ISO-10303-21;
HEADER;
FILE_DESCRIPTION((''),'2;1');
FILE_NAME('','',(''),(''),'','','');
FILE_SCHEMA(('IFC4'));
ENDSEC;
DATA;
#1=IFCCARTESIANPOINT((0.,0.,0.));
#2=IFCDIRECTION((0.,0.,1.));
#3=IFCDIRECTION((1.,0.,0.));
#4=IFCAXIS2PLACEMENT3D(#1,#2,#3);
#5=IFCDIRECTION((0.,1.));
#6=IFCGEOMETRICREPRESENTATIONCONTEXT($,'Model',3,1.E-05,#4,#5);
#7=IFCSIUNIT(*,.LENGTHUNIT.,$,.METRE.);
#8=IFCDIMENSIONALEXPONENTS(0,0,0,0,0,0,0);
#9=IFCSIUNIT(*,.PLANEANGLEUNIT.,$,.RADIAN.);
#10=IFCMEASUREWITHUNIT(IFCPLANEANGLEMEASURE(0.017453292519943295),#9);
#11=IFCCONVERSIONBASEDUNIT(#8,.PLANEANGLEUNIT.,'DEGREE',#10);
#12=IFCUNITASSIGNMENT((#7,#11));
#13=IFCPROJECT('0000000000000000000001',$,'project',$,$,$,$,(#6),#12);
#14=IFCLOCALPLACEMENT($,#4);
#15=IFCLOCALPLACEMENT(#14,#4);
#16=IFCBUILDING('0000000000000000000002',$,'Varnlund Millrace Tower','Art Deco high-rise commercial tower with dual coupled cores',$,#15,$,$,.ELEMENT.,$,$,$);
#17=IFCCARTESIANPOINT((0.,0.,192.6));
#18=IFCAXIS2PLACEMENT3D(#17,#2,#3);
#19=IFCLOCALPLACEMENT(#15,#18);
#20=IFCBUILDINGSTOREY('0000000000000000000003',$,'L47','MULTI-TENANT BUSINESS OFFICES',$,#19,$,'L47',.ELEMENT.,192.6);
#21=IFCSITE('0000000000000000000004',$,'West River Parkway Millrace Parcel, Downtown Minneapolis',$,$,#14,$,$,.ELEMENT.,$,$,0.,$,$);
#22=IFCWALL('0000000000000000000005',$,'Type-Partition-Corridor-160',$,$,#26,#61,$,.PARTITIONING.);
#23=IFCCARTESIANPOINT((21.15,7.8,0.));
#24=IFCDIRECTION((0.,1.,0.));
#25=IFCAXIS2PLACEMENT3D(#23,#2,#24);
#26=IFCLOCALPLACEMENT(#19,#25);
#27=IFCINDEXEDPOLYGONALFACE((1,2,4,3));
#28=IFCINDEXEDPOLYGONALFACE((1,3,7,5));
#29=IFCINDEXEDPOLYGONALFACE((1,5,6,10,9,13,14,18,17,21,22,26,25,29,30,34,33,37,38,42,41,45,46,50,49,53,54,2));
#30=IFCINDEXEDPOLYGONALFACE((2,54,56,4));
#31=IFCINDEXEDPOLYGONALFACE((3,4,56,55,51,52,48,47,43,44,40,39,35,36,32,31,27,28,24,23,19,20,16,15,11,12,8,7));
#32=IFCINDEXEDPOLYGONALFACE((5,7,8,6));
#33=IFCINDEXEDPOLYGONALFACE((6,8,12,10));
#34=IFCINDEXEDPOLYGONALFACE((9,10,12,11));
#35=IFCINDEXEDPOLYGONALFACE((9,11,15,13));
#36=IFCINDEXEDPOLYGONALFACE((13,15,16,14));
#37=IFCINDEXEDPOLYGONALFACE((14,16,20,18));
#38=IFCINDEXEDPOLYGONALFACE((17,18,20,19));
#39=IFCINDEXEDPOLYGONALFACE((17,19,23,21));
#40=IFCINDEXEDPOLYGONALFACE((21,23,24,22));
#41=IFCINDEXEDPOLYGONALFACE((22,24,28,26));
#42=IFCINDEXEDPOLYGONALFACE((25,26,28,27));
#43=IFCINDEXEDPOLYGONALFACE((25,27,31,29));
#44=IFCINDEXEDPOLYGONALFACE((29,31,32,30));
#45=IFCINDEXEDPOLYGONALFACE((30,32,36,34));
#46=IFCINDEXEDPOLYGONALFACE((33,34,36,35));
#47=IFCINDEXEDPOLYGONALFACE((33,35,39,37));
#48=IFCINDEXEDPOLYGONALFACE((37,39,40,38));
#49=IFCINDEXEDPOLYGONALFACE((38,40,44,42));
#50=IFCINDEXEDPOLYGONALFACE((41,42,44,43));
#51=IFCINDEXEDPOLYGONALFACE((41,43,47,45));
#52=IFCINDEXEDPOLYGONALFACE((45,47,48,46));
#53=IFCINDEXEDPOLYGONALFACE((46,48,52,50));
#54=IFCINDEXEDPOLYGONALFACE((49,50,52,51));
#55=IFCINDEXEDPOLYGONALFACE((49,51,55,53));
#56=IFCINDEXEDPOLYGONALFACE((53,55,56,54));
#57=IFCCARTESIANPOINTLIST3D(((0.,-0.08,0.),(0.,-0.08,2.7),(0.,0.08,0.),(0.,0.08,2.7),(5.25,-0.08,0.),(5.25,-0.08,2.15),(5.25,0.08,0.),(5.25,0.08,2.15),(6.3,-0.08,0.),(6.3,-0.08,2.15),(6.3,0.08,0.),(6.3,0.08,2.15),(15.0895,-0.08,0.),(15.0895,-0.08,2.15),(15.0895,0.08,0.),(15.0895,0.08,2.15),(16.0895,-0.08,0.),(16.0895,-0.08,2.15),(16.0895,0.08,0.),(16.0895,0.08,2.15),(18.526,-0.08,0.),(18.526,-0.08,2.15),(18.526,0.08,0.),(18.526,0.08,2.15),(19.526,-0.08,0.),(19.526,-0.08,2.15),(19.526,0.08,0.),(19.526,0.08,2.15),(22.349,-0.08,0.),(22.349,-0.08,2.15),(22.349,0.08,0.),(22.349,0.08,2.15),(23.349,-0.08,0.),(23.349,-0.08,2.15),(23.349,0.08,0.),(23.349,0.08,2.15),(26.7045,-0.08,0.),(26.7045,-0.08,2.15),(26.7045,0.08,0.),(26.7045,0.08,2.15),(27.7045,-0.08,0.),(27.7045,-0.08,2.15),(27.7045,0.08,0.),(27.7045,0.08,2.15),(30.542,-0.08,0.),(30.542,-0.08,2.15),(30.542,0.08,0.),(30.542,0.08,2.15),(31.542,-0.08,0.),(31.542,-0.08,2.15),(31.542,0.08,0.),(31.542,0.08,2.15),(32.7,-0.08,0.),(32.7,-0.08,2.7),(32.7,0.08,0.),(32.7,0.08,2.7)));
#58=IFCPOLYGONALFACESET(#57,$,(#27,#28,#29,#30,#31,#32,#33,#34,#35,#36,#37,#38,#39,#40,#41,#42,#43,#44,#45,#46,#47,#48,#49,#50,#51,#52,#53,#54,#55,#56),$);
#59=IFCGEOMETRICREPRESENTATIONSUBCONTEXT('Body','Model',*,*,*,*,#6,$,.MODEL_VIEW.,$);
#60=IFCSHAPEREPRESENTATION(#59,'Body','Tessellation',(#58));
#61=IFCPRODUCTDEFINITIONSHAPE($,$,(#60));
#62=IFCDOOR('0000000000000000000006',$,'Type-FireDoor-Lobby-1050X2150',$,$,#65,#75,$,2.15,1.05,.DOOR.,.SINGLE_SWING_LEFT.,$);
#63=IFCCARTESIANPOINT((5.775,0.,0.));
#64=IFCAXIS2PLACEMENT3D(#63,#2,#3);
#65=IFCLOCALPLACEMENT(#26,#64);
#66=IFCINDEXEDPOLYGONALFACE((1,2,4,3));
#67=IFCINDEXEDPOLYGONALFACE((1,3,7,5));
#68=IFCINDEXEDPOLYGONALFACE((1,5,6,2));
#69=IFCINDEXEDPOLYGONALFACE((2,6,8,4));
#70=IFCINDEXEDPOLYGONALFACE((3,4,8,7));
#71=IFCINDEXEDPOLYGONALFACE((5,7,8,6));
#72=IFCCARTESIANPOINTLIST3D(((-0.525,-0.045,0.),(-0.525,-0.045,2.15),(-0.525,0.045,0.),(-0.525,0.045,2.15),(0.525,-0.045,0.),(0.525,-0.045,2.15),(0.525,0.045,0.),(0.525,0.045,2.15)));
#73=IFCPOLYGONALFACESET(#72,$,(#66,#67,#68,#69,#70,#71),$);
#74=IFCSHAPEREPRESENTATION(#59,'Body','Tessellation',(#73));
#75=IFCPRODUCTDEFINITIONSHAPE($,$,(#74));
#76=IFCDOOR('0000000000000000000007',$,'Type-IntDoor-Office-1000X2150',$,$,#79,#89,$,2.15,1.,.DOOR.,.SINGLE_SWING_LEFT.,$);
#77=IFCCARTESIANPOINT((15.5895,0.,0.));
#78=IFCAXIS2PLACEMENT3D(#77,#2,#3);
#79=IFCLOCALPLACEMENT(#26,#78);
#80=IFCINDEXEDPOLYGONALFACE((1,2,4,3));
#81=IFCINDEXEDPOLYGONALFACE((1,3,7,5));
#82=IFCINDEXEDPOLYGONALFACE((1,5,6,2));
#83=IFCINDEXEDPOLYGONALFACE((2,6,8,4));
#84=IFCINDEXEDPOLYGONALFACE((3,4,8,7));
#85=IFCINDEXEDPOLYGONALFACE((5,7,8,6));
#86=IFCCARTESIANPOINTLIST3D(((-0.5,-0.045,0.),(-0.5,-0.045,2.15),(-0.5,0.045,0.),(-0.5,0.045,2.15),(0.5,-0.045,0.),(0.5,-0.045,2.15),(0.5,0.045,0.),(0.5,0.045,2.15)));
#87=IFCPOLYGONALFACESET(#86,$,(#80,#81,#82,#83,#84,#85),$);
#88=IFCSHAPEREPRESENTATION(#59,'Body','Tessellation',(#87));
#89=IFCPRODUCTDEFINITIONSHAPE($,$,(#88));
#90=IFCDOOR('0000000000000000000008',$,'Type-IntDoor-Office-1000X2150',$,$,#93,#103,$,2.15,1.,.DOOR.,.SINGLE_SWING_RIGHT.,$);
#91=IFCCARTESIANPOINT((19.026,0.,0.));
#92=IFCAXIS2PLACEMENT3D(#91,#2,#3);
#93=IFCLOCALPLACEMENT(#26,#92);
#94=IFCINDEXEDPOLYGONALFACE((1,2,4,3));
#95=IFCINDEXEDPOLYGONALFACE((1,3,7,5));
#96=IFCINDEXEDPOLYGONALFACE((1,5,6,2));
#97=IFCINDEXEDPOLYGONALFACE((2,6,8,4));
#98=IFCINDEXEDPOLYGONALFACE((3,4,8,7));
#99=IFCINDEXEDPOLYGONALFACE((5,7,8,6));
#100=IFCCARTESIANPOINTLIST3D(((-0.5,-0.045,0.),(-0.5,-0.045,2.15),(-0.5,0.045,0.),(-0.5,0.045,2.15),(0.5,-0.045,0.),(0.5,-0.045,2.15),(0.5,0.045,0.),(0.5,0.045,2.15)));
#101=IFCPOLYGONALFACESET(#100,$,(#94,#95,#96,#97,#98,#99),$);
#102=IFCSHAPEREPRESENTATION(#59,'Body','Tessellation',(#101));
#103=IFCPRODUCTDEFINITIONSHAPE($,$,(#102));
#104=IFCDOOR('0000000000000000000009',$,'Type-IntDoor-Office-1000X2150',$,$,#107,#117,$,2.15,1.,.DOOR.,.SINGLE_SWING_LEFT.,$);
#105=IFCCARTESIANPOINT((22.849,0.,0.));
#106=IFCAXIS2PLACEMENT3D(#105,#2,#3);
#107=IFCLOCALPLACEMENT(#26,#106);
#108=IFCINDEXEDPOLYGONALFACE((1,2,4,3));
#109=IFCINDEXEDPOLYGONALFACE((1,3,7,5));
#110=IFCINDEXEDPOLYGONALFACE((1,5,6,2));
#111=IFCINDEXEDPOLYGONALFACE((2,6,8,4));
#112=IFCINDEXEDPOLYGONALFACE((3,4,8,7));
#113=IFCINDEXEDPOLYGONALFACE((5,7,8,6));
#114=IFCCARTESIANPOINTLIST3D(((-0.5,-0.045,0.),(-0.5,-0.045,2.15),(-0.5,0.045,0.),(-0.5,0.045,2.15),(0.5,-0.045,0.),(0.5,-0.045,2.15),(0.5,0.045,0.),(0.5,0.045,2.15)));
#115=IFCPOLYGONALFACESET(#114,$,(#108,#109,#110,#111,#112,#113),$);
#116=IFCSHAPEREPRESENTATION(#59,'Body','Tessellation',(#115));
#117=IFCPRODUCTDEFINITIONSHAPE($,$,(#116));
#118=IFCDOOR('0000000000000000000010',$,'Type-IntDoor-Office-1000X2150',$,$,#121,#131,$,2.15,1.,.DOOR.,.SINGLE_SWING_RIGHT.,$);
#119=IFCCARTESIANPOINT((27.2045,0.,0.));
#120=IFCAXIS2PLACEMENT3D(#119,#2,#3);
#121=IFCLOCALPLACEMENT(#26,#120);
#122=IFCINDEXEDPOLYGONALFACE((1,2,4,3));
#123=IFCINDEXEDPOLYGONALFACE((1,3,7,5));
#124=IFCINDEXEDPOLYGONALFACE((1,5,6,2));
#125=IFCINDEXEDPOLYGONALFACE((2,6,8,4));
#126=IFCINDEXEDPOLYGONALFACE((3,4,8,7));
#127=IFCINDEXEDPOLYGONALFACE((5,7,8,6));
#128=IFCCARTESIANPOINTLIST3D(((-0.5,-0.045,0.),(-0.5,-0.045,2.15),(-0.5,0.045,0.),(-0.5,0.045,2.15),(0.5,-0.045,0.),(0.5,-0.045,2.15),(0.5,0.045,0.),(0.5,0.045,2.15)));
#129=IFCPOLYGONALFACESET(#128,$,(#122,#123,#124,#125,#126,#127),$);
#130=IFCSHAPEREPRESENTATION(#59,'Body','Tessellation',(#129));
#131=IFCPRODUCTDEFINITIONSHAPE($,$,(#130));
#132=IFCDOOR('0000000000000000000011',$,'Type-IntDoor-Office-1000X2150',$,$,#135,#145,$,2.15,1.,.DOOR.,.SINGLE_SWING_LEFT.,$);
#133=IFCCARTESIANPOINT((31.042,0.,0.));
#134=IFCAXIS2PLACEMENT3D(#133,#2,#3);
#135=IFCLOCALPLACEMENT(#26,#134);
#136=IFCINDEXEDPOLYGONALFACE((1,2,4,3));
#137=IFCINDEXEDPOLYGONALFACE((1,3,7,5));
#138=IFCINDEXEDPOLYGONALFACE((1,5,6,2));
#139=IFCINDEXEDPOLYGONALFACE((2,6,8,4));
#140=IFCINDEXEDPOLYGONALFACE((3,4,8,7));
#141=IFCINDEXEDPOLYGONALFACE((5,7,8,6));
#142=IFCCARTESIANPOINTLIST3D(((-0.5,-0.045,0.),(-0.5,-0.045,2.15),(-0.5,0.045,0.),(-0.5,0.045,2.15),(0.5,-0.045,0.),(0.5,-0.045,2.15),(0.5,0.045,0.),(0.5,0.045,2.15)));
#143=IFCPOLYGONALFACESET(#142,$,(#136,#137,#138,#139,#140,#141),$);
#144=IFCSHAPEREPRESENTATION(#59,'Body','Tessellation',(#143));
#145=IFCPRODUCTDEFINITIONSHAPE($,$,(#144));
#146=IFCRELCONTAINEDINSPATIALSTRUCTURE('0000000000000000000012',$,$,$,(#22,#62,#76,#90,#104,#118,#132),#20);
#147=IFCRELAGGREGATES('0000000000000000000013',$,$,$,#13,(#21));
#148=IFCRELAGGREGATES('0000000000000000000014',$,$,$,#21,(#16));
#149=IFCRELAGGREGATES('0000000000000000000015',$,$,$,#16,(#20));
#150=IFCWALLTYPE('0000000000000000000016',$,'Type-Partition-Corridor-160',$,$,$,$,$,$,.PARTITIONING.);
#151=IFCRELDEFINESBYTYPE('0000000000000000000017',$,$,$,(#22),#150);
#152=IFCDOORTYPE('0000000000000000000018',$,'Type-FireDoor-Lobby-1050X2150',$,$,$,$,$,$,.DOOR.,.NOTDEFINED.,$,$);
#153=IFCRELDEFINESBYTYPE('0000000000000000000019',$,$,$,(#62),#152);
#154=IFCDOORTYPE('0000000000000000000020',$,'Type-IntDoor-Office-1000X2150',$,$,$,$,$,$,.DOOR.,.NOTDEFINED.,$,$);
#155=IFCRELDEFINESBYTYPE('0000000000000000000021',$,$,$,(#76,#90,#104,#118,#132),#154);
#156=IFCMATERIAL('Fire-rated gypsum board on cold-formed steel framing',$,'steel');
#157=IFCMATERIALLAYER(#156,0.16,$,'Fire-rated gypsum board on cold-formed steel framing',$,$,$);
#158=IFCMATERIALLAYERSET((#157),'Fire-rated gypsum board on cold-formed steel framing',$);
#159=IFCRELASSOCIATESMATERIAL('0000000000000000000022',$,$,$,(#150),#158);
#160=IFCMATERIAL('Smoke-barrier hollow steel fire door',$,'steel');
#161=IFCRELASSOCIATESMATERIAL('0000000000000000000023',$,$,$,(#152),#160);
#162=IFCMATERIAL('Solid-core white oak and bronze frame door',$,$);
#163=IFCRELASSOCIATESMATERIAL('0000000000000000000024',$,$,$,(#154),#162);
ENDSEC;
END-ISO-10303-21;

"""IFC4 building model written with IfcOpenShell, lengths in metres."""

from ifc_helpers import new_model, entity, si_unit, converted_unit, direction, frame, origin_with_axes, origin_2d_with_axis, place, context, subcontext, project, spatial, polyline, rectangle, outline, extrude, material, layer, layer_set, type_object, element, fill, save


model = new_model("IFC4")

# Units and contexts
model_context = context("Model", 3, precision=1e-05, world=origin_with_axes(), true_north=direction((0.0, 1.0)))
body_context = subcontext(model_context, "Body", "Model", "MODEL_VIEW")
ifc_project = project(units=[si_unit("LENGTHUNIT", "METRE"), converted_unit("PLANEANGLEUNIT", "DEGREE", entity("IfcPlaneAngleMeasure", 0.017453292519943295), si_unit("PLANEANGLEUNIT", "RADIAN"), dimensions=[0, 0, 0, 0, 0, 0, 0])], contexts=[model_context])

# Site, building, storey
site_placement = place(None, origin_with_axes())
site = spatial("IfcSite", under=ifc_project, at=site_placement, Name="West River Parkway Millrace Parcel, Downtown Minneapolis", CompositionType="ELEMENT", RefElevation=0.0)
building_placement = place(site_placement, origin_with_axes())
building = spatial("IfcBuilding", under=site, at=building_placement, Name="Varnlund Millrace Tower", Description="Art Deco high-rise commercial tower with dual coupled cores", CompositionType="ELEMENT")
storey_placement = place(building_placement, frame((0.0, 0.0, 192.6), z_axis=(0.0, 0.0, 1.0), x_axis=(1.0, 0.0, 0.0)))
storey = spatial("IfcBuildingStorey", under=building, at=storey_placement, Name="L47", Description="MULTI-TENANT BUSINESS OFFICES", LongName="L47", CompositionType="ELEMENT", Elevation=192.6)

# Wall, openings, doors
ifc_material_1 = material(Name="Fire-rated gypsum board on cold-formed steel framing", Category="steel")
ifc_layer_1 = layer(ifc_material_1, 0.16, Name="Fire-rated gypsum board on cold-formed steel framing")
ifc_layer_set_1 = layer_set([ifc_layer_1], Name="Fire-rated gypsum board on cold-formed steel framing")
wall_type_1 = type_object("IfcWallType", Name="Type-Partition-Corridor-160", PredefinedType="PARTITIONING", material=ifc_layer_set_1)
wall_1_placement = place(storey_placement, frame((21.15, 7.8, 0.0), z_axis=(0.0, 0.0, 1.0), x_axis=(0.0, 1.0, 0.0)))
wall_1 = element("IfcWall", 1, at=wall_1_placement, inside=storey, type_object=wall_type_1, Name="Type-Partition-Corridor-160", PredefinedType="PARTITIONING", context=body_context, shape_type="SweptSolid", body=[
    extrude(outline(polyline([(0.0, -0.08), (32.7, -0.08), (32.7, 0.08), (0.0, 0.08), (0.0, -0.08)])), origin_with_axes(), (0.0, 0.0, 1.0), 2.7),
])
opening_1_placement = place(wall_1_placement, frame((15.5895, 0.0, 0.0), z_axis=(0.0, 0.0, 1.0), x_axis=(1.0, 0.0, 0.0)))
opening_1 = element("IfcOpeningElement", 2, at=opening_1_placement, cuts=wall_1, PredefinedType="OPENING", context=body_context, shape_type="SweptSolid", body=[
    extrude(rectangle(XDim=1.0, YDim=0.18, at=origin_2d_with_axis()), origin_with_axes(), (0.0, 0.0, 1.0), 2.15),
])
opening_2_placement = place(wall_1_placement, frame((19.026, 0.0, 0.0), z_axis=(0.0, 0.0, 1.0), x_axis=(1.0, 0.0, 0.0)))
opening_2 = element("IfcOpeningElement", 3, at=opening_2_placement, cuts=wall_1, PredefinedType="OPENING", context=body_context, shape_type="SweptSolid", body=[
    extrude(rectangle(XDim=1.0, YDim=0.18, at=origin_2d_with_axis()), origin_with_axes(), (0.0, 0.0, 1.0), 2.15),
])
opening_3_placement = place(wall_1_placement, frame((22.849, 0.0, 0.0), z_axis=(0.0, 0.0, 1.0), x_axis=(1.0, 0.0, 0.0)))
opening_3 = element("IfcOpeningElement", 4, at=opening_3_placement, cuts=wall_1, PredefinedType="OPENING", context=body_context, shape_type="SweptSolid", body=[
    extrude(rectangle(XDim=1.0, YDim=0.18, at=origin_2d_with_axis()), origin_with_axes(), (0.0, 0.0, 1.0), 2.15),
])
opening_4_placement = place(wall_1_placement, frame((27.2045, 0.0, 0.0), z_axis=(0.0, 0.0, 1.0), x_axis=(1.0, 0.0, 0.0)))
opening_4 = element("IfcOpeningElement", 5, at=opening_4_placement, cuts=wall_1, PredefinedType="OPENING", context=body_context, shape_type="SweptSolid", body=[
    extrude(rectangle(XDim=1.0, YDim=0.18, at=origin_2d_with_axis()), origin_with_axes(), (0.0, 0.0, 1.0), 2.15),
])
opening_5_placement = place(wall_1_placement, frame((31.042, 0.0, 0.0), z_axis=(0.0, 0.0, 1.0), x_axis=(1.0, 0.0, 0.0)))
opening_5 = element("IfcOpeningElement", 6, at=opening_5_placement, cuts=wall_1, PredefinedType="OPENING", context=body_context, shape_type="SweptSolid", body=[
    extrude(rectangle(XDim=1.0, YDim=0.18, at=origin_2d_with_axis()), origin_with_axes(), (0.0, 0.0, 1.0), 2.15),
])
opening_6_placement = place(wall_1_placement, frame((5.775, 0.0, 0.0), z_axis=(0.0, 0.0, 1.0), x_axis=(1.0, 0.0, 0.0)))
opening_6 = element("IfcOpeningElement", 7, at=opening_6_placement, cuts=wall_1, PredefinedType="OPENING", context=body_context, shape_type="SweptSolid", body=[
    extrude(rectangle(XDim=1.05, YDim=0.18, at=origin_2d_with_axis()), origin_with_axes(), (0.0, 0.0, 1.0), 2.15),
])
ifc_material_2 = material(Name="Smoke-barrier hollow steel fire door", Category="steel")
door_type_1 = type_object("IfcDoorType", Name="Type-FireDoor-Lobby-1050X2150", OperationType="NOTDEFINED", PredefinedType="DOOR", material=ifc_material_2)
door_1_placement = place(wall_1_placement, frame((5.775, 0.0, 0.0), z_axis=(0.0, 0.0, 1.0), x_axis=(1.0, 0.0, 0.0)))
door_1 = element("IfcDoor", 8, at=door_1_placement, inside=storey, type_object=door_type_1, Name="Type-FireDoor-Lobby-1050X2150", OperationType="SINGLE_SWING_LEFT", OverallHeight=2.15, OverallWidth=1.05, PredefinedType="DOOR", context=body_context, shape_type="SweptSolid", body=[
    extrude(rectangle(XDim=1.05, YDim=0.09, at=origin_2d_with_axis()), origin_with_axes(), (0.0, 0.0, 1.0), 2.15),
])
fill(opening_6, door_1)
ifc_material_3 = material(Name="Solid-core white oak and bronze frame door")
door_type_2 = type_object("IfcDoorType", Name="Type-IntDoor-Office-1000X2150", OperationType="NOTDEFINED", PredefinedType="DOOR", material=ifc_material_3)
door_2_placement = place(wall_1_placement, frame((15.5895, 0.0, 0.0), z_axis=(0.0, 0.0, 1.0), x_axis=(1.0, 0.0, 0.0)))
door_2 = element("IfcDoor", 9, at=door_2_placement, inside=storey, type_object=door_type_2, Name="Type-IntDoor-Office-1000X2150", OperationType="SINGLE_SWING_LEFT", OverallHeight=2.15, OverallWidth=1.0, PredefinedType="DOOR", context=body_context, shape_type="SweptSolid", body=[
    extrude(rectangle(XDim=1.0, YDim=0.09, at=origin_2d_with_axis()), origin_with_axes(), (0.0, 0.0, 1.0), 2.15),
])
fill(opening_1, door_2)
door_3_placement = place(wall_1_placement, frame((19.026, 0.0, 0.0), z_axis=(0.0, 0.0, 1.0), x_axis=(1.0, 0.0, 0.0)))
door_3 = element("IfcDoor", 10, at=door_3_placement, inside=storey, type_object=door_type_2, Name="Type-IntDoor-Office-1000X2150", OperationType="SINGLE_SWING_RIGHT", OverallHeight=2.15, OverallWidth=1.0, PredefinedType="DOOR", context=body_context, shape_type="SweptSolid", body=[
    extrude(rectangle(XDim=1.0, YDim=0.09, at=origin_2d_with_axis()), origin_with_axes(), (0.0, 0.0, 1.0), 2.15),
])
fill(opening_2, door_3)
door_4_placement = place(wall_1_placement, frame((22.849, 0.0, 0.0), z_axis=(0.0, 0.0, 1.0), x_axis=(1.0, 0.0, 0.0)))
door_4 = element("IfcDoor", 11, at=door_4_placement, inside=storey, type_object=door_type_2, Name="Type-IntDoor-Office-1000X2150", OperationType="SINGLE_SWING_LEFT", OverallHeight=2.15, OverallWidth=1.0, PredefinedType="DOOR", context=body_context, shape_type="SweptSolid", body=[
    extrude(rectangle(XDim=1.0, YDim=0.09, at=origin_2d_with_axis()), origin_with_axes(), (0.0, 0.0, 1.0), 2.15),
])
fill(opening_3, door_4)
door_5_placement = place(wall_1_placement, frame((27.2045, 0.0, 0.0), z_axis=(0.0, 0.0, 1.0), x_axis=(1.0, 0.0, 0.0)))
door_5 = element("IfcDoor", 12, at=door_5_placement, inside=storey, type_object=door_type_2, Name="Type-IntDoor-Office-1000X2150", OperationType="SINGLE_SWING_RIGHT", OverallHeight=2.15, OverallWidth=1.0, PredefinedType="DOOR", context=body_context, shape_type="SweptSolid", body=[
    extrude(rectangle(XDim=1.0, YDim=0.09, at=origin_2d_with_axis()), origin_with_axes(), (0.0, 0.0, 1.0), 2.15),
])
fill(opening_4, door_5)
door_6_placement = place(wall_1_placement, frame((31.042, 0.0, 0.0), z_axis=(0.0, 0.0, 1.0), x_axis=(1.0, 0.0, 0.0)))
door_6 = element("IfcDoor", 13, at=door_6_placement, inside=storey, type_object=door_type_2, Name="Type-IntDoor-Office-1000X2150", OperationType="SINGLE_SWING_LEFT", OverallHeight=2.15, OverallWidth=1.0, PredefinedType="DOOR", context=body_context, shape_type="SweptSolid", body=[
    extrude(rectangle(XDim=1.0, YDim=0.09, at=origin_2d_with_axis()), origin_with_axes(), (0.0, 0.0, 1.0), 2.15),
])
fill(opening_5, door_6)

save(model, "model.ifc")
